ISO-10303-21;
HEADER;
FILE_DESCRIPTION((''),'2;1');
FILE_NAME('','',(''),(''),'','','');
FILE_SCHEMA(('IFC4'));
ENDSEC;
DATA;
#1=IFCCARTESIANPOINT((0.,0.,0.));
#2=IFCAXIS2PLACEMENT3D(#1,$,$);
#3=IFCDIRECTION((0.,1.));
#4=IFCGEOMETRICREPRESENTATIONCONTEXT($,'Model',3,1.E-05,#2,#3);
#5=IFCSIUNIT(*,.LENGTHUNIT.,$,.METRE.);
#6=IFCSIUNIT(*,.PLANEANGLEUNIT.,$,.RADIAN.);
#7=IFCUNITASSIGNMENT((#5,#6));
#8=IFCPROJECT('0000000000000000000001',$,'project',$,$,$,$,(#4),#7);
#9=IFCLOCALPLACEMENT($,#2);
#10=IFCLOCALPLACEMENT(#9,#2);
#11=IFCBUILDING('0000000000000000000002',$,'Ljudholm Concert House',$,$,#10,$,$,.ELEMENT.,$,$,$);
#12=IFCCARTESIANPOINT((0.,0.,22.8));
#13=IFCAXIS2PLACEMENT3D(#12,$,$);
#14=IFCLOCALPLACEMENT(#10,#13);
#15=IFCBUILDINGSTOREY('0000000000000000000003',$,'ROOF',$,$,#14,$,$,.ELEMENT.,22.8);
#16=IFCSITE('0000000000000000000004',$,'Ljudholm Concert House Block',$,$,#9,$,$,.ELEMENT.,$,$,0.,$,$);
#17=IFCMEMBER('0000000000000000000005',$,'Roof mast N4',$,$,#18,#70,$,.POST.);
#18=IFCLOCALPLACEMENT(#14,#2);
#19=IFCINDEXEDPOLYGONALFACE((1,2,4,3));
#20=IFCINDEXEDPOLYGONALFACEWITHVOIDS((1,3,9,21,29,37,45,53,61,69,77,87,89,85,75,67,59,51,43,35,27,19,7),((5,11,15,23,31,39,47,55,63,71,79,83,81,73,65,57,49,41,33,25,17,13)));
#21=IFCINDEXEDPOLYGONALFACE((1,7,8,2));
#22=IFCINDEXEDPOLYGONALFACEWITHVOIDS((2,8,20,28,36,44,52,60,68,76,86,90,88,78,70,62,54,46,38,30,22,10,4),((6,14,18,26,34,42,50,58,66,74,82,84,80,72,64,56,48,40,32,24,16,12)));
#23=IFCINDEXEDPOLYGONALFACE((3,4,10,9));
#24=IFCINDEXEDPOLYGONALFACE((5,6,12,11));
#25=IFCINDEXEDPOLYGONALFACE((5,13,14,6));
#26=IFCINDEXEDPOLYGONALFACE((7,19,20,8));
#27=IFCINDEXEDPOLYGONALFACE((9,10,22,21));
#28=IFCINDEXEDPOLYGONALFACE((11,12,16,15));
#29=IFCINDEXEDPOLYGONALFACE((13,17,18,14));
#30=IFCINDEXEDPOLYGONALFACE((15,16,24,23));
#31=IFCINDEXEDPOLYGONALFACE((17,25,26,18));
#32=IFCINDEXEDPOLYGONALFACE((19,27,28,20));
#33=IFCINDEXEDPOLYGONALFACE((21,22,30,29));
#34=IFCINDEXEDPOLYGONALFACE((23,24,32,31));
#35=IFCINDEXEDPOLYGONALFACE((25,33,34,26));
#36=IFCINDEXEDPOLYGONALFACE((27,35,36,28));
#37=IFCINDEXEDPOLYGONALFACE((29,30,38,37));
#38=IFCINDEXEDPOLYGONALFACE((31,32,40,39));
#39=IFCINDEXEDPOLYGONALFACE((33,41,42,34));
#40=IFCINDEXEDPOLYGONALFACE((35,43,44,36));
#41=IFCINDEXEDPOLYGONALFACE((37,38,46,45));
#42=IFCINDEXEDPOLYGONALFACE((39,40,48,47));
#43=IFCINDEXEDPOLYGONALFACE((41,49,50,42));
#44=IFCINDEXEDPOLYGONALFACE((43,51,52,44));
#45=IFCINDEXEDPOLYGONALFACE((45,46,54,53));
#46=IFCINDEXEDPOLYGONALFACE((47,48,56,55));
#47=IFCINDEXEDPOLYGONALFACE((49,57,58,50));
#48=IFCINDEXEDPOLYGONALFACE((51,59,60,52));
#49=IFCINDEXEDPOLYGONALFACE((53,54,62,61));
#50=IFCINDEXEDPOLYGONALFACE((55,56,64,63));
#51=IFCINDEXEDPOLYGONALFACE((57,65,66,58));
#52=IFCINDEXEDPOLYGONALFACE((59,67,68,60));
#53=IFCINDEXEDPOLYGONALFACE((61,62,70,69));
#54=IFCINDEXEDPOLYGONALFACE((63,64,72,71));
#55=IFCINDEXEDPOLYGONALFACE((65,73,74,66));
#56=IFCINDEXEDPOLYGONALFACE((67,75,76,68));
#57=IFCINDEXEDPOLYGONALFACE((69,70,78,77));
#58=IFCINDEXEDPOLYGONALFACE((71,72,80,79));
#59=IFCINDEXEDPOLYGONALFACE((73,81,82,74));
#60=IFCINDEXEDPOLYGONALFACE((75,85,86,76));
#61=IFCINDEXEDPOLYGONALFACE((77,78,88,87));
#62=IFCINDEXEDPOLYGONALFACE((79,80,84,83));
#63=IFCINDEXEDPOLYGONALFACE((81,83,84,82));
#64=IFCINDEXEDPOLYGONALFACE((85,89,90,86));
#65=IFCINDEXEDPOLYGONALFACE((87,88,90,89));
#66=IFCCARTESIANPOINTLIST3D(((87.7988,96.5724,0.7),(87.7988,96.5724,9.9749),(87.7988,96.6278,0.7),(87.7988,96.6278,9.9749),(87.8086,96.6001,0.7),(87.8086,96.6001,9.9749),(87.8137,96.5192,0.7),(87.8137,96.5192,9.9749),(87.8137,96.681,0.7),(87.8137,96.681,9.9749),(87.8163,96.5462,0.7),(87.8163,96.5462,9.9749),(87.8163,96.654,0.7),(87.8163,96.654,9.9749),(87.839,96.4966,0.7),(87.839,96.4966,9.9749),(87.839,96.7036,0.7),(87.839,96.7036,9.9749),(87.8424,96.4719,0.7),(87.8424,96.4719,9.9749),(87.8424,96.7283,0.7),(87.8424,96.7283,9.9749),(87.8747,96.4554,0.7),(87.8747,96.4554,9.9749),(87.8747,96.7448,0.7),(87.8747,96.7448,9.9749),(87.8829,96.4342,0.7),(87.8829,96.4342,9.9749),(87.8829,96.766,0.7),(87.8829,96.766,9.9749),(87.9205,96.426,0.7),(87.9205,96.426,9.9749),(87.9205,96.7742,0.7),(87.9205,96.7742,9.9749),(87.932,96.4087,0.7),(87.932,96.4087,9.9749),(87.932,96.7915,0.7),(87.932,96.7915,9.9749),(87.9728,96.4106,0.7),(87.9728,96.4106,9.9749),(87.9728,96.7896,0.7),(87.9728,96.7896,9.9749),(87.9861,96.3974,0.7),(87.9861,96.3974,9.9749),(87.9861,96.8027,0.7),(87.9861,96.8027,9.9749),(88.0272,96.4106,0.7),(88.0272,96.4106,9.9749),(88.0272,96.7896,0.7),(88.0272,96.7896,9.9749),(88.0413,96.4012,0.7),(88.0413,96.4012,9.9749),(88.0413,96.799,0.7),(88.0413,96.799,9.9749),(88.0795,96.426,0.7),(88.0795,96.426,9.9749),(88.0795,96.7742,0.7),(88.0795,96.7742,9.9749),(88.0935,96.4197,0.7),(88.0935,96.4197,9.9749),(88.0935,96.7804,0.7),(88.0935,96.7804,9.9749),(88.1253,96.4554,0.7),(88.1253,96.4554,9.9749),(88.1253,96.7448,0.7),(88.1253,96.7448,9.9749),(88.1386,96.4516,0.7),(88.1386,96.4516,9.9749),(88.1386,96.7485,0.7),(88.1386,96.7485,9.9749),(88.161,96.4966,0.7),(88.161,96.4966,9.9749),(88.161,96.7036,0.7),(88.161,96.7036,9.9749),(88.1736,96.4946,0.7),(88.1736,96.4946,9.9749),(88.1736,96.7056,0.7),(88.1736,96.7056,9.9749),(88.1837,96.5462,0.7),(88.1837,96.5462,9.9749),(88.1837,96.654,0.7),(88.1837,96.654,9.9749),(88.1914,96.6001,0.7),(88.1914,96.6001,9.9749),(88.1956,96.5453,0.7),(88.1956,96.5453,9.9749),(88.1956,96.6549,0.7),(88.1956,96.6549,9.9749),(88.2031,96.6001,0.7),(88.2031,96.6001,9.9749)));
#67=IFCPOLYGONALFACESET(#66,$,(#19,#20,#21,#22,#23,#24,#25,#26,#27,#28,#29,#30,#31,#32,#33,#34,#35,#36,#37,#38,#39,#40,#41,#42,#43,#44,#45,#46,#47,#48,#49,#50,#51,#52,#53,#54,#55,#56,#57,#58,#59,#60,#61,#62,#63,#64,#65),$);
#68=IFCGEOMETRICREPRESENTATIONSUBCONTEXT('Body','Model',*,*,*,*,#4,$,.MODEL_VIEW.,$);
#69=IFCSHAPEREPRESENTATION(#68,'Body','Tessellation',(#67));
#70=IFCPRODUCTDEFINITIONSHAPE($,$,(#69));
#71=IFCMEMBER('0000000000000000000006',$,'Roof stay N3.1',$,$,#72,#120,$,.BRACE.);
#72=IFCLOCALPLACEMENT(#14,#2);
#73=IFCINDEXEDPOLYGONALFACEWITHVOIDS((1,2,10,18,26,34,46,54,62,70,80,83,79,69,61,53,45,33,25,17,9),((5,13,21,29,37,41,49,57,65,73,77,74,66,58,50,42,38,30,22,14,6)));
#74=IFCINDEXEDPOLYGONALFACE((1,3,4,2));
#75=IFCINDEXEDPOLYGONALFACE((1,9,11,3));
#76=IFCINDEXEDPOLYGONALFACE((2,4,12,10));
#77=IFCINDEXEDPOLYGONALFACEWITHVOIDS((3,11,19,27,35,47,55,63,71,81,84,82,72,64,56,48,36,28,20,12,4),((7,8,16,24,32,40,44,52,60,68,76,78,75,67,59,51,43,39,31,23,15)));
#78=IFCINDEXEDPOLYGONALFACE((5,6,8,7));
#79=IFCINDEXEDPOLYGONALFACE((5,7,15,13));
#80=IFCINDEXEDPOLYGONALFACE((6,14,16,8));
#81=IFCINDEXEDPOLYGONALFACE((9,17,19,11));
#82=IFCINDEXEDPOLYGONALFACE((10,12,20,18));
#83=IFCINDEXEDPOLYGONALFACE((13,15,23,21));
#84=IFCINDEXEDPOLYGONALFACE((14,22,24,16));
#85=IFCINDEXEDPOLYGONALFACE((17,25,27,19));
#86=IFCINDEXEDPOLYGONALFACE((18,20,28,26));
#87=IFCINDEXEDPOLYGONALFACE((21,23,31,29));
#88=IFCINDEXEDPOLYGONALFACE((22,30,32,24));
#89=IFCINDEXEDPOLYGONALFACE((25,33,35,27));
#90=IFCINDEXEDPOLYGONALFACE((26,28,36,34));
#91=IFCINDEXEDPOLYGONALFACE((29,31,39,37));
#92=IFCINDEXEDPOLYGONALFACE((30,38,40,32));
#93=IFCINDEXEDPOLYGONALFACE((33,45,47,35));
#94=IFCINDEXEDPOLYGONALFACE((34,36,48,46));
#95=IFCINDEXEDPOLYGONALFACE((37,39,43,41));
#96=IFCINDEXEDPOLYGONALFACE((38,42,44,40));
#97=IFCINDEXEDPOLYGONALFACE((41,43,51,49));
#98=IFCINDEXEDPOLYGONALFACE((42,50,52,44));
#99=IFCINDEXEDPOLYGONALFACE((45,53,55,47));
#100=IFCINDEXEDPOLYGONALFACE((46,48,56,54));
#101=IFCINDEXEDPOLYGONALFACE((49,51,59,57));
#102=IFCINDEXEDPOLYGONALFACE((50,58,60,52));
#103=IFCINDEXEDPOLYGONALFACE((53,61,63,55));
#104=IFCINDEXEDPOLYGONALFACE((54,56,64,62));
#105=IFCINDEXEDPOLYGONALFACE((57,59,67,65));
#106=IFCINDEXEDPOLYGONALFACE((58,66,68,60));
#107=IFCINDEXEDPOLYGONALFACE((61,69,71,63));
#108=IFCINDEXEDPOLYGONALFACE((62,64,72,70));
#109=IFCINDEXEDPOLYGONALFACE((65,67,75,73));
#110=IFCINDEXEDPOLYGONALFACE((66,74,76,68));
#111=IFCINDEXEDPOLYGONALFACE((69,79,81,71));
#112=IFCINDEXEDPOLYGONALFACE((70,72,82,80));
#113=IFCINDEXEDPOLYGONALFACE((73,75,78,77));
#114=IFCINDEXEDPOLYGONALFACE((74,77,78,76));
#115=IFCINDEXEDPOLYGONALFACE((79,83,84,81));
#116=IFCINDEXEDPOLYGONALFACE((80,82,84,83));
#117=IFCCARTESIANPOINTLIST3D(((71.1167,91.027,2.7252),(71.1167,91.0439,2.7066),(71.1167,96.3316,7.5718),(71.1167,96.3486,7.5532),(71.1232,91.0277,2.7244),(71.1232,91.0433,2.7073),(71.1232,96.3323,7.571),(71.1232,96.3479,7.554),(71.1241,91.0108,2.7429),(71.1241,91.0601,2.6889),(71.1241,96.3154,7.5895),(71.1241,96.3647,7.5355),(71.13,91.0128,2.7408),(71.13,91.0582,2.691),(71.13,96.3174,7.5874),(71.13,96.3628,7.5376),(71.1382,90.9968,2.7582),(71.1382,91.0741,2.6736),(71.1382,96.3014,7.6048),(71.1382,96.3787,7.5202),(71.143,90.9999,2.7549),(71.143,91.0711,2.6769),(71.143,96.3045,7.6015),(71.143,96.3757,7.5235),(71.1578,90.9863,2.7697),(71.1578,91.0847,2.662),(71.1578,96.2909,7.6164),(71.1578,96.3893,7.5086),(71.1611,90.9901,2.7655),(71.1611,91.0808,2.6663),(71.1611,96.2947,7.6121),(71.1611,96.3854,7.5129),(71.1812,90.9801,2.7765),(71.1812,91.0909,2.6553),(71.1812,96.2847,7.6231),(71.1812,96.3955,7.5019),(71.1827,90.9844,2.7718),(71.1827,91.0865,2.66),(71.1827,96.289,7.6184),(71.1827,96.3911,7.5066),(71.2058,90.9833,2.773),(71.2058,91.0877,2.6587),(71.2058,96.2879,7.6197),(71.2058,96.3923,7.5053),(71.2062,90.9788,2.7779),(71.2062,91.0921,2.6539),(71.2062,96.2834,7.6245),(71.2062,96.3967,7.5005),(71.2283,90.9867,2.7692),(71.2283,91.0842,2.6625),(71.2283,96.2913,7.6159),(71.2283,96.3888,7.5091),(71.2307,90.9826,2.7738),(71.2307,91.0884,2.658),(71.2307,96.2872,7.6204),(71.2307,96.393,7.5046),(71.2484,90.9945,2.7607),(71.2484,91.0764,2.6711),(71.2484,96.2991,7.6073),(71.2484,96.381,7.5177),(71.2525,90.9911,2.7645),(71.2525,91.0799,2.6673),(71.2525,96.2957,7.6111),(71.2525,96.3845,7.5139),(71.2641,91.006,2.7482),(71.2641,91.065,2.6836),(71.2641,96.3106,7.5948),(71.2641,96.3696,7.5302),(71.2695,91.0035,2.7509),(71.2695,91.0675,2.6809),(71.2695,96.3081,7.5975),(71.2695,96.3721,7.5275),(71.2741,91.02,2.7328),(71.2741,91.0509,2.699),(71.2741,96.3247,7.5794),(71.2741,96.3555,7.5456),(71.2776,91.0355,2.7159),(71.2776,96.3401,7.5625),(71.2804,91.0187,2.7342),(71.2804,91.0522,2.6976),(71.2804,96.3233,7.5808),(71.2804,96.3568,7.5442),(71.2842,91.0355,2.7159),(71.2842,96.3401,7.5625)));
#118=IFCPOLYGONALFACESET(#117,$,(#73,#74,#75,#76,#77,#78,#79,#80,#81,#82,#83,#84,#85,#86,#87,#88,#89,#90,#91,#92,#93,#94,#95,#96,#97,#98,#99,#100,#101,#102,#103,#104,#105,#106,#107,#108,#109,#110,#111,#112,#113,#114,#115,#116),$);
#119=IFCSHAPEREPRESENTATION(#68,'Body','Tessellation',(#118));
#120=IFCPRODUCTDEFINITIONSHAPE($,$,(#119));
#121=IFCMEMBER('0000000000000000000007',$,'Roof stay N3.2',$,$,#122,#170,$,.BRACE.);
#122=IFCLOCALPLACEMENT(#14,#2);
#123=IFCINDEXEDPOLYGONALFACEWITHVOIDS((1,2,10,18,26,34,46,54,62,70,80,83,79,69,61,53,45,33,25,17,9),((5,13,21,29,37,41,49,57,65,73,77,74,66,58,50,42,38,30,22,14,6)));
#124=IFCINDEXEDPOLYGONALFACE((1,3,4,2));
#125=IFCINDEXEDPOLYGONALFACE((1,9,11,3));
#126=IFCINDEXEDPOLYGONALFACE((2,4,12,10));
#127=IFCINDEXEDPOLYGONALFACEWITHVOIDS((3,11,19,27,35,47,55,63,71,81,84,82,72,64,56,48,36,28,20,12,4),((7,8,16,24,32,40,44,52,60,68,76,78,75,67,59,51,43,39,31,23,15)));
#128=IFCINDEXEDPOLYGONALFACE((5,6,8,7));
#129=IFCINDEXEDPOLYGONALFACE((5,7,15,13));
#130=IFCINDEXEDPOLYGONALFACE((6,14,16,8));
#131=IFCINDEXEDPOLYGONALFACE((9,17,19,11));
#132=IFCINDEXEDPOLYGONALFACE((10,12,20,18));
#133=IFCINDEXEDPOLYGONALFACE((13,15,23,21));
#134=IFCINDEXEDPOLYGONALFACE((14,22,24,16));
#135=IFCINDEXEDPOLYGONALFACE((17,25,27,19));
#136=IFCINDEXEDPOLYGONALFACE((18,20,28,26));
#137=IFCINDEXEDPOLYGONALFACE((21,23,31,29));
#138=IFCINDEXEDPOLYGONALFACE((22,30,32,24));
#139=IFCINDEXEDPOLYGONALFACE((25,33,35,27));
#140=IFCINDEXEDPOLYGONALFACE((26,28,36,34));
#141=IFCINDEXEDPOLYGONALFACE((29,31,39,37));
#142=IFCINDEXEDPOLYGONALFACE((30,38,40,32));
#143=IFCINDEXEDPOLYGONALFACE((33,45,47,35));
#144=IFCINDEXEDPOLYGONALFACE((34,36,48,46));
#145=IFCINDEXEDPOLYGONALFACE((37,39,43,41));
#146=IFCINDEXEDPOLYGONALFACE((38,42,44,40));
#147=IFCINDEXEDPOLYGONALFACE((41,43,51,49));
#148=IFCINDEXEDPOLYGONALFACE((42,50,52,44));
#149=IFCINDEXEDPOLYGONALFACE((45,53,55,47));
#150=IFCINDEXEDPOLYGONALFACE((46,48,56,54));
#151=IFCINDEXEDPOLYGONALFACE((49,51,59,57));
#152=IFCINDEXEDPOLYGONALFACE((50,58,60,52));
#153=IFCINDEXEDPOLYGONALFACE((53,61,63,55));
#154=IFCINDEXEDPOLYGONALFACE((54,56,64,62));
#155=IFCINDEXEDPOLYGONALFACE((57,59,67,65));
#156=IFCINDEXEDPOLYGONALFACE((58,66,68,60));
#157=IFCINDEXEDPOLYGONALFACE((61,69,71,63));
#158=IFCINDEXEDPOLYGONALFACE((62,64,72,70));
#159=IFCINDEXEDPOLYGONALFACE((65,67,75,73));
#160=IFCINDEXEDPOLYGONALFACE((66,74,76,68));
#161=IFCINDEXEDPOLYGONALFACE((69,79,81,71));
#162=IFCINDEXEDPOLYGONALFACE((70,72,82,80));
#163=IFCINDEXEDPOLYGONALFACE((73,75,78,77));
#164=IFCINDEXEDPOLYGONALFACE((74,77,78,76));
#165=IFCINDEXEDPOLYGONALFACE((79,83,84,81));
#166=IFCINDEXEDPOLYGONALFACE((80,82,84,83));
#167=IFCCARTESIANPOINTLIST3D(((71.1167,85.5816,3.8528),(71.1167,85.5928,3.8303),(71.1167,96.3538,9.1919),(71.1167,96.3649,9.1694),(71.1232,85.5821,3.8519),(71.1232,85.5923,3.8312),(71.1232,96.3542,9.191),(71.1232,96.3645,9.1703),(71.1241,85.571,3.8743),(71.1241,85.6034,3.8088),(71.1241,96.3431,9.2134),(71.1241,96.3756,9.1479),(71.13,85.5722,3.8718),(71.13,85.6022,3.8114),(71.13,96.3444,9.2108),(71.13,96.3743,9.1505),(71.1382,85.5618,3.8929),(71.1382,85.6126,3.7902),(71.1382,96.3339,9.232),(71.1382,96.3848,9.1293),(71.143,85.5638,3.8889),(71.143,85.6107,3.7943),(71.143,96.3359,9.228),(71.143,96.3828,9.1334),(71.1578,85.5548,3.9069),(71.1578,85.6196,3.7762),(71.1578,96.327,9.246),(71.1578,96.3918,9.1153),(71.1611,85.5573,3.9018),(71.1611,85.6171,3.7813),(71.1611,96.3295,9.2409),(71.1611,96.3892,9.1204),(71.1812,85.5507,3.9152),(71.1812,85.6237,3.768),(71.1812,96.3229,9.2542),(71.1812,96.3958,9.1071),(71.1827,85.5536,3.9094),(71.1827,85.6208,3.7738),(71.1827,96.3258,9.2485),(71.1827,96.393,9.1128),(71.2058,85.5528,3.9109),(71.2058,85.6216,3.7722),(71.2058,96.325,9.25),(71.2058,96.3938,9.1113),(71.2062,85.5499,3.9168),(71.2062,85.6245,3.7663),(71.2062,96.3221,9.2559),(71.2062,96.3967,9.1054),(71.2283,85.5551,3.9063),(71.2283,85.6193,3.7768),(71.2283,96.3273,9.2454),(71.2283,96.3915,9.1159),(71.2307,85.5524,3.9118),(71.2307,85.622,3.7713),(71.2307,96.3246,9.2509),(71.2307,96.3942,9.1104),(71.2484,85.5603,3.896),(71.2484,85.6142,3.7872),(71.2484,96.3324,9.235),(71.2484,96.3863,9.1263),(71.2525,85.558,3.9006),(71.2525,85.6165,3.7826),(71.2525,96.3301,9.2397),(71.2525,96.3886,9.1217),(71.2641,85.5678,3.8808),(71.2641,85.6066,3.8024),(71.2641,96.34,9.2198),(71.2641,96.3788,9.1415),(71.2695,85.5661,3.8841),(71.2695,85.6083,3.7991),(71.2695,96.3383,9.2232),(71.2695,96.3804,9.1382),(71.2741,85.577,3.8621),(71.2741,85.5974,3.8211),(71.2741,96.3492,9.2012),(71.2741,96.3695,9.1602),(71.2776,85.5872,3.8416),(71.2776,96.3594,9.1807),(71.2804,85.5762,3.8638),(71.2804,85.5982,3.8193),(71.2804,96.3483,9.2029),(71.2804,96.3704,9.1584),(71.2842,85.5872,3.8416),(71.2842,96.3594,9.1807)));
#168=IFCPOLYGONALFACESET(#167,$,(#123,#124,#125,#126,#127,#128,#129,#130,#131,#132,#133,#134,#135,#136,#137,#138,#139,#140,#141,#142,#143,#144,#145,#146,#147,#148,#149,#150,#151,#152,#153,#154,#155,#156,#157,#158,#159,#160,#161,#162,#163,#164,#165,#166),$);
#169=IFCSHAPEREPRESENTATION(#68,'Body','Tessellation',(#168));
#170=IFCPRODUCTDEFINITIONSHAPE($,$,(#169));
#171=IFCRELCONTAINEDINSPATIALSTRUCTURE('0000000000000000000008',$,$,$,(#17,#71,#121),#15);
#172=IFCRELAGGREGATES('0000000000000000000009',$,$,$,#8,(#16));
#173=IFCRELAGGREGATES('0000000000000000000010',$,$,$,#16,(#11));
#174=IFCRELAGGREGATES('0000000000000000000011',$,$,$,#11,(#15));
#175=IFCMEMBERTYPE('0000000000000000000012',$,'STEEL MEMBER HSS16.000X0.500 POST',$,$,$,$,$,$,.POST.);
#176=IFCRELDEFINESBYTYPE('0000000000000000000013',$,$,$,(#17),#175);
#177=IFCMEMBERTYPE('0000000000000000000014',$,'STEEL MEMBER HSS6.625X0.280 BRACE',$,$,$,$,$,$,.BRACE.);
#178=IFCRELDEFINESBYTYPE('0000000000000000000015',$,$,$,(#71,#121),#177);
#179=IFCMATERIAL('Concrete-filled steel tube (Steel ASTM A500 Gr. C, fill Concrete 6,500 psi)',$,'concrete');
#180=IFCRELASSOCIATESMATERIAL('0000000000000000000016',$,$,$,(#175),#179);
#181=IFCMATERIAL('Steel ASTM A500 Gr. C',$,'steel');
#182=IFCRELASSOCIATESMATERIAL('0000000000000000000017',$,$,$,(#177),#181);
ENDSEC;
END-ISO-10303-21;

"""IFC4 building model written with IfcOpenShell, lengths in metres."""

from ifc_helpers import new_model, si_unit, direction, frame, origin, origin_2d, place, context, subcontext, project, spatial, hollow_circle, extrude, material, material_profile, profile_set, type_object, element, save


model = new_model("IFC4")

# Units and contexts
model_context = context("Model", 3, precision=1e-05, world=origin(), true_north=direction((0.0, 1.0)))
body_context = subcontext(model_context, "Body", "Model", "MODEL_VIEW")
ifc_project = project(units=[si_unit("LENGTHUNIT", "METRE"), si_unit("PLANEANGLEUNIT", "RADIAN")], contexts=[model_context])

# Site, building, storey
site_placement = place(None, origin())
site = spatial("IfcSite", under=ifc_project, at=site_placement, Name="Ljudholm Concert House Block", CompositionType="ELEMENT", RefElevation=0.0)
building_placement = place(site_placement, origin())
building = spatial("IfcBuilding", under=site, at=building_placement, Name="Ljudholm Concert House", CompositionType="ELEMENT")
storey_placement = place(building_placement, frame((0.0, 0.0, 22.8)))
storey = spatial("IfcBuildingStorey", under=building, at=storey_placement, Name="ROOF", CompositionType="ELEMENT", Elevation=22.8)

# Members
ifc_material_1 = material(Name="Concrete-filled steel tube (Steel ASTM A500 Gr. C, fill Concrete 6,500 psi)", Category="concrete")
ifc_material_profile_1 = material_profile(ifc_material_1, hollow_circle(Radius=0.2031, WallThickness=0.0117, at=origin_2d()), Name="HSS16.000X0.500")
ifc_profile_set_1 = profile_set([ifc_material_profile_1], Name="Concrete-filled steel tube (Steel ASTM A500 Gr. C, fill Concrete 6,500 psi)")
member_type_1 = type_object("IfcMemberType", Name="STEEL MEMBER HSS16.000X0.500 POST", PredefinedType="POST", material=ifc_profile_set_1)
for number, where, z_axis, x_axis, name in (
    (1, (88.0, 96.6001, 0.7), (0.0, 0.0, 1.0), (1.0, 0.0, 0.0), "Roof mast N4"),
):
    element("IfcMember", number, at=place(storey_placement, frame(where, z_axis=z_axis, x_axis=x_axis)), inside=storey, type_object=member_type_1, Name=name, PredefinedType="POST", context=body_context, shape_type="SweptSolid", body=[
        extrude(hollow_circle(Radius=0.2031, WallThickness=0.0117, at=origin_2d()), origin(), (0.0, 0.0, 1.0), 9.2749),
    ])
ifc_material_2 = material(Name="Steel ASTM A500 Gr. C", Category="steel")
ifc_material_profile_2 = material_profile(ifc_material_2, hollow_circle(Radius=0.0842, WallThickness=0.0066, at=origin_2d()), Name="HSS6.625X0.280")
ifc_profile_set_2 = profile_set([ifc_material_profile_2], Name="Steel ASTM A500 Gr. C")
member_type_2 = type_object("IfcMemberType", Name="STEEL MEMBER HSS6.625X0.280 BRACE", PredefinedType="BRACE", material=ifc_profile_set_2)
member_1_placement = place(storey_placement, frame((71.2, 96.3401, 7.5625), z_axis=(0.0, -0.738259, -0.674517), x_axis=(1.0, 0.0, 0.0)))
element("IfcMember", 2, at=member_1_placement, inside=storey, type_object=member_type_2, Name="Roof stay N3.1", PredefinedType="BRACE", context=body_context, shape_type="SweptSolid", body=[
    extrude(hollow_circle(Radius=0.0842, WallThickness=0.0066, at=origin_2d()), origin(), (0.0, 0.0, 1.0), 7.1853),
])
member_2_placement = place(storey_placement, frame((71.2, 96.3594, 9.1807), z_axis=(0.0, -0.895985, -0.444084), x_axis=(1.0, 0.0, 0.0)))
element("IfcMember", 3, at=member_2_placement, inside=storey, type_object=member_type_2, Name="Roof stay N3.2", PredefinedType="BRACE", context=body_context, shape_type="SweptSolid", body=[
    extrude(hollow_circle(Radius=0.0842, WallThickness=0.0066, at=origin_2d()), origin(), (0.0, 0.0, 1.0), 12.0227),
])

save(model, "model.ifc")
